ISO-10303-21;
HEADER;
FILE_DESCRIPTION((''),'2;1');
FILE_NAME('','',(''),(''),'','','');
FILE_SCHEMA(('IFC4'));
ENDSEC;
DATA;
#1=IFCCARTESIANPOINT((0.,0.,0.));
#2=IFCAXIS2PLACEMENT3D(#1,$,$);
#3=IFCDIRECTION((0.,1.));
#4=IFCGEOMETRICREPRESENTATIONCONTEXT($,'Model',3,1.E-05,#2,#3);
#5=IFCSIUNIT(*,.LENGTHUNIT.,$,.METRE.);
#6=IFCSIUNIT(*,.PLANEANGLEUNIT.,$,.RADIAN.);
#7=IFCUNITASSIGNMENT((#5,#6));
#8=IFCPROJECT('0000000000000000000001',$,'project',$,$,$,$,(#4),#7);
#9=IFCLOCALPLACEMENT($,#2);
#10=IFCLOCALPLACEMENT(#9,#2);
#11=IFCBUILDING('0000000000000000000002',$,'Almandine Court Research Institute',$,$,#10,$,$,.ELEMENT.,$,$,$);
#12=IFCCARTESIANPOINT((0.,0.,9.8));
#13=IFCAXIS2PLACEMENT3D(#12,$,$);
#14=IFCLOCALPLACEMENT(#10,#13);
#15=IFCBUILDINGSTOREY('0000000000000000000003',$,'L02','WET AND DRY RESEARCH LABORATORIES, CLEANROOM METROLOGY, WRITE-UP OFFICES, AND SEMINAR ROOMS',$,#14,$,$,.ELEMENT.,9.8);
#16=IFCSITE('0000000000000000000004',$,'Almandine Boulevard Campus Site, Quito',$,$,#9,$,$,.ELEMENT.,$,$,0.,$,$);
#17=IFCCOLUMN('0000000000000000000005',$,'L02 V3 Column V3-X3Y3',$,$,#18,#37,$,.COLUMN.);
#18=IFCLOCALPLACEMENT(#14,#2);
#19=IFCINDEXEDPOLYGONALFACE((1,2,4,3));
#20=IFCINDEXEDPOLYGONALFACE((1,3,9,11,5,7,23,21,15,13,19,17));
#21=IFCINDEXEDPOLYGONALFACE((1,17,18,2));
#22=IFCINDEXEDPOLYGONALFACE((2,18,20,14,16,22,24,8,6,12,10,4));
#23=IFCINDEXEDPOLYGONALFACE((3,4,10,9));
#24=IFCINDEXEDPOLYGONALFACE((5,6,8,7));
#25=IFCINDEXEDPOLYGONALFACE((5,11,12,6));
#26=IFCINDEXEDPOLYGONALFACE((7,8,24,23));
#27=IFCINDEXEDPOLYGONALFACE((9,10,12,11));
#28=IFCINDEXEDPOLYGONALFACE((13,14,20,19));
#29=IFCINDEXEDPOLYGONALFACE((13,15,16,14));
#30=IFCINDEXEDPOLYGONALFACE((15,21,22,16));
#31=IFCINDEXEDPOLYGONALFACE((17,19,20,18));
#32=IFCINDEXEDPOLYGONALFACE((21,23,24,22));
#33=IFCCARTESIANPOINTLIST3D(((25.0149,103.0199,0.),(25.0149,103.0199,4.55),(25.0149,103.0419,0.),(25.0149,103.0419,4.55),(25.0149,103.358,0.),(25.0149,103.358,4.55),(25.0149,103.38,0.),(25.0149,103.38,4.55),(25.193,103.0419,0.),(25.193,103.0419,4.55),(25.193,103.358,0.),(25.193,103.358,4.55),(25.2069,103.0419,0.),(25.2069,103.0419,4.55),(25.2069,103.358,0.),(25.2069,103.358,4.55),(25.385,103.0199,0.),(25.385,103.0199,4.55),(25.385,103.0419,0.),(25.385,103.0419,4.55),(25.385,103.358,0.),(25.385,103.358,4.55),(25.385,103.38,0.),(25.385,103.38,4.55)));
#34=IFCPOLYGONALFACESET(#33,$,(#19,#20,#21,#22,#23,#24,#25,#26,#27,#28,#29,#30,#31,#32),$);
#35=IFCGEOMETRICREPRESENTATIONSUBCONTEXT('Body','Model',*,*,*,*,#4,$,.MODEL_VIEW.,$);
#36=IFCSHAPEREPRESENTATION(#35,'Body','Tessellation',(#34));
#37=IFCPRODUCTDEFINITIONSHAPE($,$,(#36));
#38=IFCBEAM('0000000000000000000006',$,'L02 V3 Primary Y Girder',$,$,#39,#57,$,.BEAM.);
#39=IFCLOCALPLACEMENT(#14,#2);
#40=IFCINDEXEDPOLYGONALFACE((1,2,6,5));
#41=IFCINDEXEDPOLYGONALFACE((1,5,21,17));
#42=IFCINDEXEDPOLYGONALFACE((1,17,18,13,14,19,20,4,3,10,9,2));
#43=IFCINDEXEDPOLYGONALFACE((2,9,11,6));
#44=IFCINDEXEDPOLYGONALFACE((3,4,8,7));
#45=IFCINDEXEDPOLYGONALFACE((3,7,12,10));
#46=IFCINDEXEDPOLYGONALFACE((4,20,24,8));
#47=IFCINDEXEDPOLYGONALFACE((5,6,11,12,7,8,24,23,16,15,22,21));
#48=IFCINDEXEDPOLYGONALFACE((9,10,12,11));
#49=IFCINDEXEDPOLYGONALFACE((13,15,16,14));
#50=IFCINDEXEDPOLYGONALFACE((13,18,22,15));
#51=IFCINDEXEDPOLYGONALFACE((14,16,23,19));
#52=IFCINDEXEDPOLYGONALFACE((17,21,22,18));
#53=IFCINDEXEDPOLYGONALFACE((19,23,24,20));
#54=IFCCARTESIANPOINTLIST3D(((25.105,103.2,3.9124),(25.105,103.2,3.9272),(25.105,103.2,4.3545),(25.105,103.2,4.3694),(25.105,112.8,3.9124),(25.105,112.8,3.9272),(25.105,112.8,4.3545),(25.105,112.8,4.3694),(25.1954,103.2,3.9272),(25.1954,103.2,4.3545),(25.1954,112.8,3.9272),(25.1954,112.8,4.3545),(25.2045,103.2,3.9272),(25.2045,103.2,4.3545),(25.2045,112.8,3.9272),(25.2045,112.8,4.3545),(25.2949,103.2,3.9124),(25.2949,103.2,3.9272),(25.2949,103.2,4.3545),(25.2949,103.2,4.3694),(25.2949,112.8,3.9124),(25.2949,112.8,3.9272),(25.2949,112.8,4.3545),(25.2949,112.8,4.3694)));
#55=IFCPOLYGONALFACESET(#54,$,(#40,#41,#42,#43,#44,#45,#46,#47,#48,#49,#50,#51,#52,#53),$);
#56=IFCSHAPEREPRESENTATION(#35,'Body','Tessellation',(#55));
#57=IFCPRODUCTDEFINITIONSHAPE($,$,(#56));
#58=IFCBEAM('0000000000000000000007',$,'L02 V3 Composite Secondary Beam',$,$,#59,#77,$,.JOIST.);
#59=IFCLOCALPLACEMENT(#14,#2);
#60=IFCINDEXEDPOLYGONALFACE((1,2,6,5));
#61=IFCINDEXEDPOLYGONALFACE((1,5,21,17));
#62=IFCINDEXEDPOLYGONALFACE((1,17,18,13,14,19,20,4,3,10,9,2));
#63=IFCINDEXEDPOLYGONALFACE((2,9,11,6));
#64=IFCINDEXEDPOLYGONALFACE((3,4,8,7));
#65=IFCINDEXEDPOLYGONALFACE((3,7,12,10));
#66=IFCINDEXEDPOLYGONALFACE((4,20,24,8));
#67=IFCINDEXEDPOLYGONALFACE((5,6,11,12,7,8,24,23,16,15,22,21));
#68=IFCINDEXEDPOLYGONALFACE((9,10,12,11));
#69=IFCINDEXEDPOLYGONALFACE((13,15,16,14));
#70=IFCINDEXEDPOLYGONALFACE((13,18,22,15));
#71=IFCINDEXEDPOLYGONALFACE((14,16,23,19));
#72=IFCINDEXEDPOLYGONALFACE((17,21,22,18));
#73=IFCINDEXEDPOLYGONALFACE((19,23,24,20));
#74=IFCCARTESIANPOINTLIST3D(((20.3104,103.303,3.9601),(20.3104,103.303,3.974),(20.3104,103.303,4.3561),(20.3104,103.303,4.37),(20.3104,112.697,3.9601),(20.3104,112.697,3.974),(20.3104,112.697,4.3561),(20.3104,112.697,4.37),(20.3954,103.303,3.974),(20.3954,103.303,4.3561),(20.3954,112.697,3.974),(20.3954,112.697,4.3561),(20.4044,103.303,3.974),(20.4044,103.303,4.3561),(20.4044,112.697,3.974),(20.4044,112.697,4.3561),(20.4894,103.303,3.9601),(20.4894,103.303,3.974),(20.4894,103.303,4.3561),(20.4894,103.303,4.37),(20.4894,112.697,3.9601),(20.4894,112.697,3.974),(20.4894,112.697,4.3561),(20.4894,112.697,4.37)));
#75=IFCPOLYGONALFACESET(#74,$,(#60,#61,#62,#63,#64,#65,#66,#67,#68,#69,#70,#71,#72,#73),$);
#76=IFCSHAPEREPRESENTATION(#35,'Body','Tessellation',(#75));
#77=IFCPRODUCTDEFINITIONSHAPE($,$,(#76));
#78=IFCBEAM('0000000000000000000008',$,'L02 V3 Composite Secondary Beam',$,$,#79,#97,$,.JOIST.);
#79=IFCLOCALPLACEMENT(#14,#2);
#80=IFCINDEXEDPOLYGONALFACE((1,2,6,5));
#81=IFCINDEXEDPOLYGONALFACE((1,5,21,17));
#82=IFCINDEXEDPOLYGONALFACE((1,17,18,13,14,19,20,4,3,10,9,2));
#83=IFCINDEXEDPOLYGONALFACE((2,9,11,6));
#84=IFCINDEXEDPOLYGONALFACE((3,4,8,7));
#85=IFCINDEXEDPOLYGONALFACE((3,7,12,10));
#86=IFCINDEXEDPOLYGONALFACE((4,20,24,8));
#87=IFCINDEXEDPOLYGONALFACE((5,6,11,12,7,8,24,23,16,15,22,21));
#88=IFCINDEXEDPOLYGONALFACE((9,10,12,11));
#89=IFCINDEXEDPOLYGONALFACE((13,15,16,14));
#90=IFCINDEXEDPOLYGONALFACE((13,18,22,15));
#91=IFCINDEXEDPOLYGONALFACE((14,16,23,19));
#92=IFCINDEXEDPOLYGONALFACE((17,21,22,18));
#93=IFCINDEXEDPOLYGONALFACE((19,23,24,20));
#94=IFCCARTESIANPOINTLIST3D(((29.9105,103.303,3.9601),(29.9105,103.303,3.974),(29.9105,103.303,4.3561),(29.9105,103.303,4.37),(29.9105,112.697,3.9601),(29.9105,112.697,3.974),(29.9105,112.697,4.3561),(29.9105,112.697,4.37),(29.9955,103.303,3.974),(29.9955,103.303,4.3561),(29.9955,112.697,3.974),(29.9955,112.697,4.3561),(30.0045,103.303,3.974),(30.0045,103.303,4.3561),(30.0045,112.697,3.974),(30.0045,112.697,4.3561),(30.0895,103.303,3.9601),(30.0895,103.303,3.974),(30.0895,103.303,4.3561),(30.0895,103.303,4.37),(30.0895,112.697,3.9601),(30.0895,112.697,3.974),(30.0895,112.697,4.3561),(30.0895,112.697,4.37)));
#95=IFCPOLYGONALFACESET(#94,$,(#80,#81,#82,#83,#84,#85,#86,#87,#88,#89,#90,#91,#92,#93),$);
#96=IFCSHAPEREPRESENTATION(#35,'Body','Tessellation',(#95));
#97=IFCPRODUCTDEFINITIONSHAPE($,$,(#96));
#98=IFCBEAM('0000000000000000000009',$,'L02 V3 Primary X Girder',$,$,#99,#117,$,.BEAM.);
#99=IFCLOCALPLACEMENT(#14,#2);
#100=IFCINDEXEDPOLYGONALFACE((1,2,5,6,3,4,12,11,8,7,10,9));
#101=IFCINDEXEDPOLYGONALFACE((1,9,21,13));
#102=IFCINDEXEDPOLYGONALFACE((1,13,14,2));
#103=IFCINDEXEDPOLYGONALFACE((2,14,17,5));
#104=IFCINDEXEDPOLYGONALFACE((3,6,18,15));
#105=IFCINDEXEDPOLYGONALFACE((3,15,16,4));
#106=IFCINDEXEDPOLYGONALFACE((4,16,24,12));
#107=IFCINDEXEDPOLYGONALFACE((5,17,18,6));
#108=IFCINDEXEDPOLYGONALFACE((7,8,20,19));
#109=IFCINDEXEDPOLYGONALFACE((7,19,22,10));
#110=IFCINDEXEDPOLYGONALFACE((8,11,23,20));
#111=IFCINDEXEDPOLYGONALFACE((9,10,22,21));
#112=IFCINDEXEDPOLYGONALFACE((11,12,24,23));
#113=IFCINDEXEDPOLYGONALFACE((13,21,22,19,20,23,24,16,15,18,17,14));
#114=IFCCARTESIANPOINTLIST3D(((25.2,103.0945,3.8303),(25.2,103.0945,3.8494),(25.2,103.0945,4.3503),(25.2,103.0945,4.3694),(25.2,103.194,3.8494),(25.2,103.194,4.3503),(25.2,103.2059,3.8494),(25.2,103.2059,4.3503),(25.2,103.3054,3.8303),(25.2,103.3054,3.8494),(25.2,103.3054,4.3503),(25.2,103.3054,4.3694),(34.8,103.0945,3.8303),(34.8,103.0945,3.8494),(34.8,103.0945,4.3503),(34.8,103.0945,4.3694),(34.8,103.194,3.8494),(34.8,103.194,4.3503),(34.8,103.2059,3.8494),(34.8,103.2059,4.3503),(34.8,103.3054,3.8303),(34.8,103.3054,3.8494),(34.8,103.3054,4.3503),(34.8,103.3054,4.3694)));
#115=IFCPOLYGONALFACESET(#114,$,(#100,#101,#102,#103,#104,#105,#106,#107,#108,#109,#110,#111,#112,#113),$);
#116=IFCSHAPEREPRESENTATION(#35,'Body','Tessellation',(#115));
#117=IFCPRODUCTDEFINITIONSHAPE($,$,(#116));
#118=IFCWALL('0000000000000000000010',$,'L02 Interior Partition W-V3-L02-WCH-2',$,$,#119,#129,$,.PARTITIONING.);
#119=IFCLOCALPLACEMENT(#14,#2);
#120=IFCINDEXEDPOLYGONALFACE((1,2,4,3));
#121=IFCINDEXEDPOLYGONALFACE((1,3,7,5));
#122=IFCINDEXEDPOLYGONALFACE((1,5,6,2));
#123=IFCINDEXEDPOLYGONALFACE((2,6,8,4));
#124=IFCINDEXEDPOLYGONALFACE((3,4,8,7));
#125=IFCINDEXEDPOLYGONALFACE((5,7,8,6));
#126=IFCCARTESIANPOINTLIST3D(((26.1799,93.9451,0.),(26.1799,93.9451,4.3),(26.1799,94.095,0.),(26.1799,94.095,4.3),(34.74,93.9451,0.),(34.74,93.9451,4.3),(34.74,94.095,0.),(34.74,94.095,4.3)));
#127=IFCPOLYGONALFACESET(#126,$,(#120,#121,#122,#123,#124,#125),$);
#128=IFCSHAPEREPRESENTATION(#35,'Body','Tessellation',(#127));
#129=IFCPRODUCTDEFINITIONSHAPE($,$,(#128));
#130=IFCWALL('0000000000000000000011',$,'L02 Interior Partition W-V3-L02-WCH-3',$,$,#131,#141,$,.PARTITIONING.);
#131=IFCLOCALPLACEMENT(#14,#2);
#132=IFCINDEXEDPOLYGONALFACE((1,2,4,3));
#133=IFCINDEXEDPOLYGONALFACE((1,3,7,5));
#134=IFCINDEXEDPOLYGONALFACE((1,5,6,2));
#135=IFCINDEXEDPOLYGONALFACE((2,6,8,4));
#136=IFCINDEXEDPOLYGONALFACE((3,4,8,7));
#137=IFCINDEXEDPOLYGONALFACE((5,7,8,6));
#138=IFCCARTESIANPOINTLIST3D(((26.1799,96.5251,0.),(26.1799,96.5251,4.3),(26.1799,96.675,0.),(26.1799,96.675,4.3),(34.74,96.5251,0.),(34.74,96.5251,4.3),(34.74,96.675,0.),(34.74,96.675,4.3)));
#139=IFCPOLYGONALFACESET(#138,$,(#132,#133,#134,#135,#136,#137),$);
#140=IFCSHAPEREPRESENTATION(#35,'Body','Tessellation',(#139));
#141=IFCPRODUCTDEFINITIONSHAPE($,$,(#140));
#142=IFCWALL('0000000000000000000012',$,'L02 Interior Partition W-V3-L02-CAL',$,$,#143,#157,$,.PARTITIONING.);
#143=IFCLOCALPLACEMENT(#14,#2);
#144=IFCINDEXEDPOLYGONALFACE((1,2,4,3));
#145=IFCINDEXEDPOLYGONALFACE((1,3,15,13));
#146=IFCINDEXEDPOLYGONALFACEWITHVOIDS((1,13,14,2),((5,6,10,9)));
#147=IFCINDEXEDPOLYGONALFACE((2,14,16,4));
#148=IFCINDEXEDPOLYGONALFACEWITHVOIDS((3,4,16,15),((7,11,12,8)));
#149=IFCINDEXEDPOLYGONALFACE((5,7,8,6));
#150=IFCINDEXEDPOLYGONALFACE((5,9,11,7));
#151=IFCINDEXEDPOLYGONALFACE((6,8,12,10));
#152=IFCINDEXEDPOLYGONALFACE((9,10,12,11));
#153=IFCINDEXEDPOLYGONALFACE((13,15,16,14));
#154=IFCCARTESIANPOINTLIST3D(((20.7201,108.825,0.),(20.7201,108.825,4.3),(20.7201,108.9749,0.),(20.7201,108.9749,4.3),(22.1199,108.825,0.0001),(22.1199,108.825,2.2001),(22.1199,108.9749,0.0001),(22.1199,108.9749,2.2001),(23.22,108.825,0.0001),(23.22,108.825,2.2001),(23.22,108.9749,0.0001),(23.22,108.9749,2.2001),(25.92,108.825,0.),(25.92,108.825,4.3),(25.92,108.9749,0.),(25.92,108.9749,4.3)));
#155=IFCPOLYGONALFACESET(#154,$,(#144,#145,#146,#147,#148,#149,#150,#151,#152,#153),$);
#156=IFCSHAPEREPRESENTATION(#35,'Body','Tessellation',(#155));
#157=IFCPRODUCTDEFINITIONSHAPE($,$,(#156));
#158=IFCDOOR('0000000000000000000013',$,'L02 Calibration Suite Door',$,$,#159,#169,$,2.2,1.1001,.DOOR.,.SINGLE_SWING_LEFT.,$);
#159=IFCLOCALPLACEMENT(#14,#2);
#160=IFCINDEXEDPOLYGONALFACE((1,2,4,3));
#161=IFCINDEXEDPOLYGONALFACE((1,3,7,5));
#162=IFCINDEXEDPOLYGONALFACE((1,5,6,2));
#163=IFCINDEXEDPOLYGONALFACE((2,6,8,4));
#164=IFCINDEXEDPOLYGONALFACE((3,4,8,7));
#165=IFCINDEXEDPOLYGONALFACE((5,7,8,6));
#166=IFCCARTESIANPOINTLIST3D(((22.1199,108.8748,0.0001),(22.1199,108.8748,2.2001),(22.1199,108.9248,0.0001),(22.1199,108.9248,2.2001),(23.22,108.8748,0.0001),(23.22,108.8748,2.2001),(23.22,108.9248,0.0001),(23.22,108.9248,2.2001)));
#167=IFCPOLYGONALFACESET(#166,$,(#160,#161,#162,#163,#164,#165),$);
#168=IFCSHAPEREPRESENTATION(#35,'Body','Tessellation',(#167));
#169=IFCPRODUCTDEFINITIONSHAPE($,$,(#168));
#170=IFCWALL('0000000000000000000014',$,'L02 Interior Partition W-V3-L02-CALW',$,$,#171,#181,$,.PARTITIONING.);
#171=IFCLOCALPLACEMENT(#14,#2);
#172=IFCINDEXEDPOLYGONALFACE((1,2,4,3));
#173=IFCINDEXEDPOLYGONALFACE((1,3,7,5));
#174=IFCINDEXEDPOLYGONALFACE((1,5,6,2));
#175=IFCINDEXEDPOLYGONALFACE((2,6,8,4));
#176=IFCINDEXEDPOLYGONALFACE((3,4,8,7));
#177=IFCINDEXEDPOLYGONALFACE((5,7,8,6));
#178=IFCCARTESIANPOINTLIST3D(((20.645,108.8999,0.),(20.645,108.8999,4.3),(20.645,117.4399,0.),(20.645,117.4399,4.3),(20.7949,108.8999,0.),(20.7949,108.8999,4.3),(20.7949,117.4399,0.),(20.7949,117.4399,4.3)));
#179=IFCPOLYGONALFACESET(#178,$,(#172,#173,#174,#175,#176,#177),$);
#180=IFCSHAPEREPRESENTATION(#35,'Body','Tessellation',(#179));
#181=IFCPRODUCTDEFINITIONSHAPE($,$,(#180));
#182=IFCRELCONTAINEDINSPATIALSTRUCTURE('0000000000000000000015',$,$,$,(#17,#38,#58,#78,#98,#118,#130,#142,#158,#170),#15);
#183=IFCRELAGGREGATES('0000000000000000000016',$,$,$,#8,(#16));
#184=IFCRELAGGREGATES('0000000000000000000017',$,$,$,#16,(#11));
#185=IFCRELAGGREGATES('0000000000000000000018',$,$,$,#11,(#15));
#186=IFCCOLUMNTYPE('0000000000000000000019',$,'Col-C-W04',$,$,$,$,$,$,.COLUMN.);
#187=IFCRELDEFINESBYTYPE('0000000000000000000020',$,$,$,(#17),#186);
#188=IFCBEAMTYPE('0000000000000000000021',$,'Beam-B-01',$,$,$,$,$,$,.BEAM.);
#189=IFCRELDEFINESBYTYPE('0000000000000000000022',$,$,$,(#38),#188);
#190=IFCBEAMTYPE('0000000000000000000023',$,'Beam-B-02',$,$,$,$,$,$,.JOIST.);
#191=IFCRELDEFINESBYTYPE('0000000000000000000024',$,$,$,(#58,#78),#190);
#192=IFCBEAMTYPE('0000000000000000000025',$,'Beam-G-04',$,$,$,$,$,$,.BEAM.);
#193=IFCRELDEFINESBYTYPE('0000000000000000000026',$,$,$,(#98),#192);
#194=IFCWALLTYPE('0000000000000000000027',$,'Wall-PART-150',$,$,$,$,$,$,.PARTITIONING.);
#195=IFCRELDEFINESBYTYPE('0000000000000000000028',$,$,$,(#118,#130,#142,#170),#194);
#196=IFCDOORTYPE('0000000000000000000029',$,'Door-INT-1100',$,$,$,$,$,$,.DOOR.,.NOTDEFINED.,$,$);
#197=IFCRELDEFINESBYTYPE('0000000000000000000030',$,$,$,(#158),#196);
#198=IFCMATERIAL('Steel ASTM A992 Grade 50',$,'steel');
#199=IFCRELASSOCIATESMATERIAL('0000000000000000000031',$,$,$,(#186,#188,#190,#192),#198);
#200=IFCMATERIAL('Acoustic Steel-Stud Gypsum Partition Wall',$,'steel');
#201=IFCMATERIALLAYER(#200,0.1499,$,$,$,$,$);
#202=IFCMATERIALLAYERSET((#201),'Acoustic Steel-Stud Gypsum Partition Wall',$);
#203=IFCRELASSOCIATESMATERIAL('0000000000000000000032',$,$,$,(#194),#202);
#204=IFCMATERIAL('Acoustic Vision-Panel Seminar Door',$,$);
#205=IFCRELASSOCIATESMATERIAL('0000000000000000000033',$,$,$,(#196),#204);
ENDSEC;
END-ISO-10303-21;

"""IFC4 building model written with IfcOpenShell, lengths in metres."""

from ifc_helpers import new_model, si_unit, direction, frame, frame_2d, origin, origin_2d, place, context, subcontext, project, spatial, rectangle, i_section, extrude, material, layer, layer_set, material_profile, profile_set, type_object, element, fill, save


model = new_model("IFC4")

# Units and contexts
model_context = context("Model", 3, precision=1e-05, world=origin(), true_north=direction((0.0, 1.0)))
body_context = subcontext(model_context, "Body", "Model", "MODEL_VIEW")
ifc_project = project(units=[si_unit("LENGTHUNIT", "METRE"), si_unit("PLANEANGLEUNIT", "RADIAN")], contexts=[model_context])

# Site, building, storey
site_placement = place(None, origin())
site = spatial("IfcSite", under=ifc_project, at=site_placement, Name="Almandine Boulevard Campus Site, Quito", CompositionType="ELEMENT", RefElevation=0.0)
building_placement = place(site_placement, origin())
building = spatial("IfcBuilding", under=site, at=building_placement, Name="Almandine Court Research Institute", CompositionType="ELEMENT")
storey_placement = place(building_placement, frame((0.0, 0.0, 9.8)))
storey = spatial("IfcBuildingStorey", under=building, at=storey_placement, Name="L02", Description="WET AND DRY RESEARCH LABORATORIES, CLEANROOM METROLOGY, WRITE-UP OFFICES, AND SEMINAR ROOMS", CompositionType="ELEMENT", Elevation=9.8)

# Column
ifc_material_1 = material(Name="Steel ASTM A992 Grade 50", Category="steel")
ifc_material_profile_1 = material_profile(ifc_material_1, i_section(OverallWidth=0.3701, OverallDepth=0.3601, WebThickness=0.0139, FlangeThickness=0.022, at=origin_2d()), Name="W360x147")
ifc_profile_set_1 = profile_set([ifc_material_profile_1], Name="Steel ASTM A992 Grade 50")
column_type = type_object("IfcColumnType", Name="Col-C-W04", PredefinedType="COLUMN", material=ifc_profile_set_1)
column_placement = place(storey_placement, frame((25.2, 103.2, 0.0), z_axis=(0.0, 0.0, 1.0), x_axis=(1.0, 0.0, 0.0)))
element("IfcColumn", 1, at=column_placement, inside=storey, type_object=column_type, Name="L02 V3 Column V3-X3Y3", PredefinedType="COLUMN", context=body_context, shape_type="SweptSolid", body=[
    extrude(i_section(OverallWidth=0.3701, OverallDepth=0.3601, WebThickness=0.0139, FlangeThickness=0.022, at=origin_2d()), origin(), (0.0, 0.0, 1.0), 4.55),
])

# Beams
ifc_material_profile_2 = material_profile(ifc_material_1, i_section(OverallWidth=0.1899, OverallDepth=0.457, WebThickness=0.009, FlangeThickness=0.0149, at=origin_2d()), Name="W460x74")
ifc_profile_set_2 = profile_set([ifc_material_profile_2], Name="Steel ASTM A992 Grade 50")
beam_type_1 = type_object("IfcBeamType", Name="Beam-B-01", PredefinedType="BEAM", material=ifc_profile_set_2)
beam_1_placement = place(storey_placement, frame((25.2, 103.2, 4.1409), z_axis=(0.0, 1.0, 0.0), x_axis=(-1.0, 0.0, 0.0)))
element("IfcBeam", 2, at=beam_1_placement, inside=storey, type_object=beam_type_1, Name="L02 V3 Primary Y Girder", PredefinedType="BEAM", context=body_context, shape_type="SweptSolid", body=[
    extrude(i_section(OverallWidth=0.1899, OverallDepth=0.457, WebThickness=0.009, FlangeThickness=0.0149, at=origin_2d()), origin(), (0.0, 0.0, 1.0), 9.6001),
])
ifc_material_profile_3 = material_profile(ifc_material_1, i_section(OverallWidth=0.179, OverallDepth=0.4099, WebThickness=0.009, FlangeThickness=0.0139, at=origin_2d()), Name="W410x67")
ifc_profile_set_3 = profile_set([ifc_material_profile_3], Name="Steel ASTM A992 Grade 50")
beam_type_2 = type_object("IfcBeamType", Name="Beam-B-02", PredefinedType="JOIST", material=ifc_profile_set_3)
for number, where, z_axis, x_axis, name in (
    (3, (20.3999, 103.303, 4.165), (0.0, 1.0, 0.0), (-1.0, 0.0, 0.0), "L02 V3 Composite Secondary Beam"),
    (4, (30.0, 103.303, 4.165), (0.0, 1.0, 0.0), (-1.0, 0.0, 0.0), "L02 V3 Composite Secondary Beam"),
):
    element("IfcBeam", number, at=place(storey_placement, frame(where, z_axis=z_axis, x_axis=x_axis)), inside=storey, type_object=beam_type_2, Name=name, PredefinedType="JOIST", context=body_context, shape_type="SweptSolid", body=[
        extrude(i_section(OverallWidth=0.179, OverallDepth=0.4099, WebThickness=0.009, FlangeThickness=0.0139, at=origin_2d()), origin(), (0.0, 0.0, 1.0), 9.394),
    ])
ifc_material_profile_4 = material_profile(ifc_material_1, i_section(OverallWidth=0.2109, OverallDepth=0.5391, WebThickness=0.012, FlangeThickness=0.019, at=origin_2d()), Name="W530x109")
ifc_profile_set_4 = profile_set([ifc_material_profile_4], Name="Steel ASTM A992 Grade 50")
beam_type_3 = type_object("IfcBeamType", Name="Beam-G-04", PredefinedType="BEAM", material=ifc_profile_set_4)
beam_2_placement = place(storey_placement, frame((25.2, 103.2, 4.0999), z_axis=(1.0, 0.0, 0.0), x_axis=(0.0, 1.0, 0.0)))
element("IfcBeam", 5, at=beam_2_placement, inside=storey, type_object=beam_type_3, Name="L02 V3 Primary X Girder", PredefinedType="BEAM", context=body_context, shape_type="SweptSolid", body=[
    extrude(i_section(OverallWidth=0.2109, OverallDepth=0.5391, WebThickness=0.012, FlangeThickness=0.019, at=origin_2d()), origin(), (0.0, 0.0, 1.0), 9.6001),
])

# Walls
ifc_material_2 = material(Name="Acoustic Steel-Stud Gypsum Partition Wall", Category="steel")
ifc_layer_1 = layer(ifc_material_2, 0.1499)
ifc_layer_set_1 = layer_set([ifc_layer_1], Name="Acoustic Steel-Stud Gypsum Partition Wall")
wall_type_1 = type_object("IfcWallType", Name="Wall-PART-150", PredefinedType="PARTITIONING", material=ifc_layer_set_1)
for number, where, z_axis, x_axis, name in (
    (6, (26.1799, 94.02, 0.0), (0.0, 0.0, 1.0), (1.0, 0.0, 0.0), "L02 Interior Partition W-V3-L02-WCH-2"),
    (7, (26.1799, 96.6001, 0.0), (0.0, 0.0, 1.0), (1.0, 0.0, 0.0), "L02 Interior Partition W-V3-L02-WCH-3"),
):
    element("IfcWall", number, at=place(storey_placement, frame(where, z_axis=z_axis, x_axis=x_axis)), inside=storey, type_object=wall_type_1, Name=name, PredefinedType="PARTITIONING", context=body_context, shape_type="SweptSolid", body=[
        extrude(rectangle(XDim=8.5601, YDim=0.1499, at=frame_2d((4.28, 0.0))), origin(), (0.0, 0.0, 1.0), 4.3),
    ])

# Wall, opening, door
wall_1_placement = place(storey_placement, frame((20.72, 108.8999, 0.0), z_axis=(0.0, 0.0, 1.0), x_axis=(1.0, 0.0, 0.0)))
wall_1 = element("IfcWall", 8, at=wall_1_placement, inside=storey, type_object=wall_type_1, Name="L02 Interior Partition W-V3-L02-CAL", PredefinedType="PARTITIONING", context=body_context, shape_type="SweptSolid", body=[
    extrude(rectangle(XDim=5.2, YDim=0.1499, at=frame_2d((2.6001, 0.0))), origin(), (0.0, 0.0, 1.0), 4.3),
])
opening_1_placement = place(wall_1_placement, frame((1.3999, 0.0, 0.0)))
opening_1 = element("IfcOpeningElement", 9, at=opening_1_placement, cuts=wall_1, PredefinedType="OPENING", context=body_context, shape_type="SweptSolid", body=[
    extrude(rectangle(XDim=1.1001, YDim=2.2, at=frame_2d((0.55, 1.1001))), frame((0.0, 0.085, 0.0), z_axis=(0.0, -1.0, 0.0), x_axis=(1.0, 0.0, 0.0)), (0.0, 0.0, 1.0), 0.1699),
])
ifc_material_3 = material(Name="Acoustic Vision-Panel Seminar Door")
door_type_1 = type_object("IfcDoorType", Name="Door-INT-1100", OperationType="NOTDEFINED", PredefinedType="DOOR", material=ifc_material_3)
door_1_placement = place(opening_1_placement, origin())
door_1 = element("IfcDoor", 10, at=door_1_placement, inside=storey, type_object=door_type_1, Name="L02 Calibration Suite Door", OperationType="SINGLE_SWING_LEFT", OverallHeight=2.2, OverallWidth=1.1001, PredefinedType="DOOR", context=body_context, shape_type="SweptSolid", body=[
    extrude(rectangle(XDim=1.1001, YDim=2.2, at=frame_2d((0.55, 1.1001))), frame((0.0, 0.0249, 0.0), z_axis=(0.0, -1.0, 0.0), x_axis=(1.0, 0.0, 0.0)), (0.0, 0.0, 1.0), 0.05),
])
fill(opening_1, door_1)

# Wall
wall_2_placement = place(storey_placement, frame((20.72, 108.8999, 0.0), z_axis=(0.0, 0.0, 1.0), x_axis=(0.0, 1.0, 0.0)))
element("IfcWall", 11, at=wall_2_placement, inside=storey, type_object=wall_type_1, Name="L02 Interior Partition W-V3-L02-CALW", PredefinedType="PARTITIONING", context=body_context, shape_type="SweptSolid", body=[
    extrude(rectangle(XDim=8.54, YDim=0.1499, at=frame_2d((4.27, 0.0))), origin(), (0.0, 0.0, 1.0), 4.3),
])

save(model, "model.ifc")
